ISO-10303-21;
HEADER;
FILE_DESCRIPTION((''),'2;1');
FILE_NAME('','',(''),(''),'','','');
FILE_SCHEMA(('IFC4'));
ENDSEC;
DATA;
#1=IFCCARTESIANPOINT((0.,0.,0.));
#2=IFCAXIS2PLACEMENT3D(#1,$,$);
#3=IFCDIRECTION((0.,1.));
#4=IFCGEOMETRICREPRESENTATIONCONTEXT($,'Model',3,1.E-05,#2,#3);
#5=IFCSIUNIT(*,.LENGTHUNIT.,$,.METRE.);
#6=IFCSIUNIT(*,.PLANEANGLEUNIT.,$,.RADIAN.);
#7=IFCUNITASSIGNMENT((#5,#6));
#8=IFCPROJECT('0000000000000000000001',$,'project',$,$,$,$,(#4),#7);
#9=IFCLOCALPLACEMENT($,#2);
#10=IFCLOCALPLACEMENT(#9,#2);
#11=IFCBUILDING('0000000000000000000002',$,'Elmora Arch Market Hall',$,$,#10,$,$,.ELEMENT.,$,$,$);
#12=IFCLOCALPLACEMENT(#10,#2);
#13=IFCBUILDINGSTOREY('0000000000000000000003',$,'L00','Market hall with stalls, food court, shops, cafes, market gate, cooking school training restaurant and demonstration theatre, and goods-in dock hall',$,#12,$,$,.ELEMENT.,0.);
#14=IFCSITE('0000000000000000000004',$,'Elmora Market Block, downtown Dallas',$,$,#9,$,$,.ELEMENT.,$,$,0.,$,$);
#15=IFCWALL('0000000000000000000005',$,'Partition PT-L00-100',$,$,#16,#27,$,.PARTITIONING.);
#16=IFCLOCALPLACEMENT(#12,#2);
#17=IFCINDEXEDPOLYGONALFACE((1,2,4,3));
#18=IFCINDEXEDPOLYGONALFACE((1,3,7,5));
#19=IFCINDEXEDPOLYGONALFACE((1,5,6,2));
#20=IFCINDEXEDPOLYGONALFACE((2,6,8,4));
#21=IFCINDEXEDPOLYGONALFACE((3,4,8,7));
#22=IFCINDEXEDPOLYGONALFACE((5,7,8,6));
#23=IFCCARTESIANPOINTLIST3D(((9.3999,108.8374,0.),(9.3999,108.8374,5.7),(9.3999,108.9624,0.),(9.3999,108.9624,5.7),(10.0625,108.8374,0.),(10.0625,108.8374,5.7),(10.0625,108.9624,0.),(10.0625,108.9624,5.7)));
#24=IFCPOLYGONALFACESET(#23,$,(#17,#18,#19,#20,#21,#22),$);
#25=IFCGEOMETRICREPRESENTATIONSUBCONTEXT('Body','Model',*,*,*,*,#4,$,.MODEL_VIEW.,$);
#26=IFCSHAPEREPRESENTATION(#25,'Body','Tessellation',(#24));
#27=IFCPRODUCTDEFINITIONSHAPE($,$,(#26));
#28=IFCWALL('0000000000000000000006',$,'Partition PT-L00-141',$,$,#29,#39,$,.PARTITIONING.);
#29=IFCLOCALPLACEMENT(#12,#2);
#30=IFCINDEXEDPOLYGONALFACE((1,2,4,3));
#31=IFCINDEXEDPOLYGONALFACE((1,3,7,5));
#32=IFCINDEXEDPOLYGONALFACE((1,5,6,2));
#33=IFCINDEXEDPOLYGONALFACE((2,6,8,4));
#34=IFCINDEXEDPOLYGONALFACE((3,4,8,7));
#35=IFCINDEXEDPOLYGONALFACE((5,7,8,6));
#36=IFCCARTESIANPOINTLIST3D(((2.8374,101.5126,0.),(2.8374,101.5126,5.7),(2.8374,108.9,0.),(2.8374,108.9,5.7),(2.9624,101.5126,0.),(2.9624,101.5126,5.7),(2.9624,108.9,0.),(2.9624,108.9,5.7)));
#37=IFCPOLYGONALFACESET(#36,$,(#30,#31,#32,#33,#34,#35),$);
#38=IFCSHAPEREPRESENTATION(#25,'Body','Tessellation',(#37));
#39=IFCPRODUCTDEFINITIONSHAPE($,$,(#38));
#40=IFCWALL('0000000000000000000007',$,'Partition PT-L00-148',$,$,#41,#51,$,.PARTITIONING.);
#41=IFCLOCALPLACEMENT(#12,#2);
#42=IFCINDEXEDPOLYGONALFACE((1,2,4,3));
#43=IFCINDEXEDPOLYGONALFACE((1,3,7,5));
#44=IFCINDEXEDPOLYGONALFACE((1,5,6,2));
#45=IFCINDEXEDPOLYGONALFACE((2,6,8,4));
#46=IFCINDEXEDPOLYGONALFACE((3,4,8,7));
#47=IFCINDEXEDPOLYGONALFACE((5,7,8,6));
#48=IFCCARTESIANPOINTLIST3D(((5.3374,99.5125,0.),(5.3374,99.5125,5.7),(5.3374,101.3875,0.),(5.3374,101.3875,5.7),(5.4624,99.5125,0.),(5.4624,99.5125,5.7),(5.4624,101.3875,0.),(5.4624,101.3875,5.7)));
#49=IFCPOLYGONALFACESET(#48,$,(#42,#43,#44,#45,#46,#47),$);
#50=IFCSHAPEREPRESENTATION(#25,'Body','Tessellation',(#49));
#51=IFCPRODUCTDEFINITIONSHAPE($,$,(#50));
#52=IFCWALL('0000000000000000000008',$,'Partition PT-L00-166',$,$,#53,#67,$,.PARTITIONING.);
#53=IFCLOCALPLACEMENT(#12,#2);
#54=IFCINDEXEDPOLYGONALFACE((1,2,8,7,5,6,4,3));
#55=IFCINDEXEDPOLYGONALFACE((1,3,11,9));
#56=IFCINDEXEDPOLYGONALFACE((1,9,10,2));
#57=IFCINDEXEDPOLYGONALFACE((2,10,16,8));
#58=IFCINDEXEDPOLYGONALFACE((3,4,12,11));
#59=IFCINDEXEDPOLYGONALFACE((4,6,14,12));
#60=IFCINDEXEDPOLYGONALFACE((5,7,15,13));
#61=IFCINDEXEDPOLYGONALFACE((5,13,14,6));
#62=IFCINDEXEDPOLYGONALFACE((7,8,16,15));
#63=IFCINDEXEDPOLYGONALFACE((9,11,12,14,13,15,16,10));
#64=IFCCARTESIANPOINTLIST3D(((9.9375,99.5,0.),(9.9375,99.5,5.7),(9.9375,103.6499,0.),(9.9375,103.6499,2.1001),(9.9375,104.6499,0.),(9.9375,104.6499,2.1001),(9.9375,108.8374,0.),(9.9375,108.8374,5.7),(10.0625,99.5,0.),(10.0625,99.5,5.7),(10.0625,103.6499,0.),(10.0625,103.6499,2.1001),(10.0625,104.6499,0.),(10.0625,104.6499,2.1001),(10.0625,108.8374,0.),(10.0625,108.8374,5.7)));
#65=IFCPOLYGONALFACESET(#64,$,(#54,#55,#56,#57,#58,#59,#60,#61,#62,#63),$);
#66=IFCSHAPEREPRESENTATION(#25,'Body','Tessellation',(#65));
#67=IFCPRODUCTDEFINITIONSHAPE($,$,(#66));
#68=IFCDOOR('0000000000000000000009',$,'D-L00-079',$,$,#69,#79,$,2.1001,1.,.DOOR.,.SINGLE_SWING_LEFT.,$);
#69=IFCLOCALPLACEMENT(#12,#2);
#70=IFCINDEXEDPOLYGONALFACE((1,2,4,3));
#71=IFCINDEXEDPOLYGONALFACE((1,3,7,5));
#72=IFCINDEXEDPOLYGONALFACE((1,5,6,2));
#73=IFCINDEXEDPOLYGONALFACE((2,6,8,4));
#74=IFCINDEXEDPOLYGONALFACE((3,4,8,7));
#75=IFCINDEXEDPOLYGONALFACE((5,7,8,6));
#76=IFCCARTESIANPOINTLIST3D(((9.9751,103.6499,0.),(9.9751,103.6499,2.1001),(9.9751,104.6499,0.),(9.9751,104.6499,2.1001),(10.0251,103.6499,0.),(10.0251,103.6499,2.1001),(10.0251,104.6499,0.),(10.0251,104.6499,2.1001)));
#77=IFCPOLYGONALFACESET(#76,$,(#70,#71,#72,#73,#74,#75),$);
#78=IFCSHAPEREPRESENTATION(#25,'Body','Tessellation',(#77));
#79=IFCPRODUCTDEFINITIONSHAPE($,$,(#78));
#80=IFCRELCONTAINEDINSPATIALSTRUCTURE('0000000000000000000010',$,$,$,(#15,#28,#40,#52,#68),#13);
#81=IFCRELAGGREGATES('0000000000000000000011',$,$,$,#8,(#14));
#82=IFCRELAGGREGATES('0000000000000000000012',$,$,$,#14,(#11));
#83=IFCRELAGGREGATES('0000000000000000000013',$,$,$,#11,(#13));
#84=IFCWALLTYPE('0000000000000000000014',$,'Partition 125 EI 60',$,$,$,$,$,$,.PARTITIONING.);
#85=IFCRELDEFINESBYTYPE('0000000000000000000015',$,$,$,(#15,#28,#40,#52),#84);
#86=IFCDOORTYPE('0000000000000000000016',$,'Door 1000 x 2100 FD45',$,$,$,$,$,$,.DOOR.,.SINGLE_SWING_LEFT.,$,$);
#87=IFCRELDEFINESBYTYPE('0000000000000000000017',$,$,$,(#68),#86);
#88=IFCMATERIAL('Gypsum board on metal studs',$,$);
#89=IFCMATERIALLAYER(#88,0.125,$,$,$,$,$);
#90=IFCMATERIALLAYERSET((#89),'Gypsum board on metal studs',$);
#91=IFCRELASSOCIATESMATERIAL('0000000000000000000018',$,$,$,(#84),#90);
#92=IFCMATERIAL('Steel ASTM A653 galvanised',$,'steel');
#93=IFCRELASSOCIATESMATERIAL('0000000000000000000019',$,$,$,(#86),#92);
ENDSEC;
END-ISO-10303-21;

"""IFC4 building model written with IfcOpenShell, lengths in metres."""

from ifc_helpers import new_model, si_unit, direction, frame, frame_2d, origin, place, context, subcontext, project, spatial, rectangle, extrude, material, layer, layer_set, type_object, element, fill, save


model = new_model("IFC4")

# Units and contexts
model_context = context("Model", 3, precision=1e-05, world=origin(), true_north=direction((0.0, 1.0)))
body_context = subcontext(model_context, "Body", "Model", "MODEL_VIEW")
ifc_project = project(units=[si_unit("LENGTHUNIT", "METRE"), si_unit("PLANEANGLEUNIT", "RADIAN")], contexts=[model_context])

# Site, building, storey
site_placement = place(None, origin())
site = spatial("IfcSite", under=ifc_project, at=site_placement, Name="Elmora Market Block, downtown Dallas", CompositionType="ELEMENT", RefElevation=0.0)
building_placement = place(site_placement, origin())
building = spatial("IfcBuilding", under=site, at=building_placement, Name="Elmora Arch Market Hall", CompositionType="ELEMENT")
storey_placement = place(building_placement, origin())
storey = spatial("IfcBuildingStorey", under=building, at=storey_placement, Name="L00", Description="Market hall with stalls, food court, shops, cafes, market gate, cooking school training restaurant and demonstration theatre, and goods-in dock hall", CompositionType="ELEMENT", Elevation=0.0)

# Walls
ifc_material_1 = material(Name="Gypsum board on metal studs")
ifc_layer_1 = layer(ifc_material_1, 0.125)
ifc_layer_set_1 = layer_set([ifc_layer_1], Name="Gypsum board on metal studs")
wall_type_1 = type_object("IfcWallType", Name="Partition 125 EI 60", PredefinedType="PARTITIONING", material=ifc_layer_set_1)
wall_1_placement = place(storey_placement, frame((9.3999, 108.8999, 0.0), z_axis=(0.0, 0.0, 1.0), x_axis=(1.0, 0.0, 0.0)))
element("IfcWall", 1, at=wall_1_placement, inside=storey, type_object=wall_type_1, Name="Partition PT-L00-100", PredefinedType="PARTITIONING", context=body_context, shape_type="SweptSolid", body=[
    extrude(rectangle(XDim=0.6626, YDim=0.125, at=frame_2d((0.3313, 0.0))), origin(), (0.0, 0.0, 1.0), 5.7),
])
wall_2_placement = place(storey_placement, frame((2.8999, 101.5125, 0.0), z_axis=(0.0, 0.0, 1.0), x_axis=(0.0, 1.0, 0.0)))
element("IfcWall", 2, at=wall_2_placement, inside=storey, type_object=wall_type_1, Name="Partition PT-L00-141", PredefinedType="PARTITIONING", context=body_context, shape_type="SweptSolid", body=[
    extrude(rectangle(XDim=7.3875, YDim=0.125, at=frame_2d((3.6938, 0.0))), origin(), (0.0, 0.0, 1.0), 5.7),
])
wall_3_placement = place(storey_placement, frame((5.3999, 99.5125, 0.0), z_axis=(0.0, 0.0, 1.0), x_axis=(0.0, 1.0, 0.0)))
element("IfcWall", 3, at=wall_3_placement, inside=storey, type_object=wall_type_1, Name="Partition PT-L00-148", PredefinedType="PARTITIONING", context=body_context, shape_type="SweptSolid", body=[
    extrude(rectangle(XDim=1.875, YDim=0.125, at=frame_2d((0.9375, 0.0))), origin(), (0.0, 0.0, 1.0), 5.7),
])

# Wall, opening, door
wall_4_placement = place(storey_placement, frame((10.0, 99.5, 0.0), z_axis=(0.0, 0.0, 1.0), x_axis=(0.0, 1.0, 0.0)))
wall_4 = element("IfcWall", 4, at=wall_4_placement, inside=storey, type_object=wall_type_1, Name="Partition PT-L00-166", PredefinedType="PARTITIONING", context=body_context, shape_type="SweptSolid", body=[
    extrude(rectangle(XDim=9.3374, YDim=0.125, at=frame_2d((4.6687, 0.0))), origin(), (0.0, 0.0, 1.0), 5.7),
])
opening_1_placement = place(wall_4_placement, frame((4.1499, 0.0, 0.0)))
opening_1 = element("IfcOpeningElement", 5, at=opening_1_placement, cuts=wall_4, PredefinedType="OPENING", context=body_context, shape_type="SweptSolid", body=[
    extrude(rectangle(XDim=1.0, YDim=2.1001, at=frame_2d((0.5, 1.05))), frame((0.0, 0.0725, 0.0), z_axis=(0.0, -1.0, 0.0), x_axis=(1.0, 0.0, 0.0)), (0.0, 0.0, 1.0), 0.145),
])
ifc_material_2 = material(Name="Steel ASTM A653 galvanised", Category="steel")
door_type_1 = type_object("IfcDoorType", Name="Door 1000 x 2100 FD45", OperationType="SINGLE_SWING_LEFT", PredefinedType="DOOR", material=ifc_material_2)
door_1_placement = place(opening_1_placement, origin())
door_1 = element("IfcDoor", 6, at=door_1_placement, inside=storey, type_object=door_type_1, Name="D-L00-079", OperationType="SINGLE_SWING_LEFT", OverallHeight=2.1001, OverallWidth=1.0, PredefinedType="DOOR", context=body_context, shape_type="SweptSolid", body=[
    extrude(rectangle(XDim=1.0, YDim=2.1001, at=frame_2d((0.5, 1.05))), frame((0.0, 0.0249, 0.0), z_axis=(0.0, -1.0, 0.0), x_axis=(1.0, 0.0, 0.0)), (0.0, 0.0, 1.0), 0.05),
])
fill(opening_1, door_1)

save(model, "model.ifc")
